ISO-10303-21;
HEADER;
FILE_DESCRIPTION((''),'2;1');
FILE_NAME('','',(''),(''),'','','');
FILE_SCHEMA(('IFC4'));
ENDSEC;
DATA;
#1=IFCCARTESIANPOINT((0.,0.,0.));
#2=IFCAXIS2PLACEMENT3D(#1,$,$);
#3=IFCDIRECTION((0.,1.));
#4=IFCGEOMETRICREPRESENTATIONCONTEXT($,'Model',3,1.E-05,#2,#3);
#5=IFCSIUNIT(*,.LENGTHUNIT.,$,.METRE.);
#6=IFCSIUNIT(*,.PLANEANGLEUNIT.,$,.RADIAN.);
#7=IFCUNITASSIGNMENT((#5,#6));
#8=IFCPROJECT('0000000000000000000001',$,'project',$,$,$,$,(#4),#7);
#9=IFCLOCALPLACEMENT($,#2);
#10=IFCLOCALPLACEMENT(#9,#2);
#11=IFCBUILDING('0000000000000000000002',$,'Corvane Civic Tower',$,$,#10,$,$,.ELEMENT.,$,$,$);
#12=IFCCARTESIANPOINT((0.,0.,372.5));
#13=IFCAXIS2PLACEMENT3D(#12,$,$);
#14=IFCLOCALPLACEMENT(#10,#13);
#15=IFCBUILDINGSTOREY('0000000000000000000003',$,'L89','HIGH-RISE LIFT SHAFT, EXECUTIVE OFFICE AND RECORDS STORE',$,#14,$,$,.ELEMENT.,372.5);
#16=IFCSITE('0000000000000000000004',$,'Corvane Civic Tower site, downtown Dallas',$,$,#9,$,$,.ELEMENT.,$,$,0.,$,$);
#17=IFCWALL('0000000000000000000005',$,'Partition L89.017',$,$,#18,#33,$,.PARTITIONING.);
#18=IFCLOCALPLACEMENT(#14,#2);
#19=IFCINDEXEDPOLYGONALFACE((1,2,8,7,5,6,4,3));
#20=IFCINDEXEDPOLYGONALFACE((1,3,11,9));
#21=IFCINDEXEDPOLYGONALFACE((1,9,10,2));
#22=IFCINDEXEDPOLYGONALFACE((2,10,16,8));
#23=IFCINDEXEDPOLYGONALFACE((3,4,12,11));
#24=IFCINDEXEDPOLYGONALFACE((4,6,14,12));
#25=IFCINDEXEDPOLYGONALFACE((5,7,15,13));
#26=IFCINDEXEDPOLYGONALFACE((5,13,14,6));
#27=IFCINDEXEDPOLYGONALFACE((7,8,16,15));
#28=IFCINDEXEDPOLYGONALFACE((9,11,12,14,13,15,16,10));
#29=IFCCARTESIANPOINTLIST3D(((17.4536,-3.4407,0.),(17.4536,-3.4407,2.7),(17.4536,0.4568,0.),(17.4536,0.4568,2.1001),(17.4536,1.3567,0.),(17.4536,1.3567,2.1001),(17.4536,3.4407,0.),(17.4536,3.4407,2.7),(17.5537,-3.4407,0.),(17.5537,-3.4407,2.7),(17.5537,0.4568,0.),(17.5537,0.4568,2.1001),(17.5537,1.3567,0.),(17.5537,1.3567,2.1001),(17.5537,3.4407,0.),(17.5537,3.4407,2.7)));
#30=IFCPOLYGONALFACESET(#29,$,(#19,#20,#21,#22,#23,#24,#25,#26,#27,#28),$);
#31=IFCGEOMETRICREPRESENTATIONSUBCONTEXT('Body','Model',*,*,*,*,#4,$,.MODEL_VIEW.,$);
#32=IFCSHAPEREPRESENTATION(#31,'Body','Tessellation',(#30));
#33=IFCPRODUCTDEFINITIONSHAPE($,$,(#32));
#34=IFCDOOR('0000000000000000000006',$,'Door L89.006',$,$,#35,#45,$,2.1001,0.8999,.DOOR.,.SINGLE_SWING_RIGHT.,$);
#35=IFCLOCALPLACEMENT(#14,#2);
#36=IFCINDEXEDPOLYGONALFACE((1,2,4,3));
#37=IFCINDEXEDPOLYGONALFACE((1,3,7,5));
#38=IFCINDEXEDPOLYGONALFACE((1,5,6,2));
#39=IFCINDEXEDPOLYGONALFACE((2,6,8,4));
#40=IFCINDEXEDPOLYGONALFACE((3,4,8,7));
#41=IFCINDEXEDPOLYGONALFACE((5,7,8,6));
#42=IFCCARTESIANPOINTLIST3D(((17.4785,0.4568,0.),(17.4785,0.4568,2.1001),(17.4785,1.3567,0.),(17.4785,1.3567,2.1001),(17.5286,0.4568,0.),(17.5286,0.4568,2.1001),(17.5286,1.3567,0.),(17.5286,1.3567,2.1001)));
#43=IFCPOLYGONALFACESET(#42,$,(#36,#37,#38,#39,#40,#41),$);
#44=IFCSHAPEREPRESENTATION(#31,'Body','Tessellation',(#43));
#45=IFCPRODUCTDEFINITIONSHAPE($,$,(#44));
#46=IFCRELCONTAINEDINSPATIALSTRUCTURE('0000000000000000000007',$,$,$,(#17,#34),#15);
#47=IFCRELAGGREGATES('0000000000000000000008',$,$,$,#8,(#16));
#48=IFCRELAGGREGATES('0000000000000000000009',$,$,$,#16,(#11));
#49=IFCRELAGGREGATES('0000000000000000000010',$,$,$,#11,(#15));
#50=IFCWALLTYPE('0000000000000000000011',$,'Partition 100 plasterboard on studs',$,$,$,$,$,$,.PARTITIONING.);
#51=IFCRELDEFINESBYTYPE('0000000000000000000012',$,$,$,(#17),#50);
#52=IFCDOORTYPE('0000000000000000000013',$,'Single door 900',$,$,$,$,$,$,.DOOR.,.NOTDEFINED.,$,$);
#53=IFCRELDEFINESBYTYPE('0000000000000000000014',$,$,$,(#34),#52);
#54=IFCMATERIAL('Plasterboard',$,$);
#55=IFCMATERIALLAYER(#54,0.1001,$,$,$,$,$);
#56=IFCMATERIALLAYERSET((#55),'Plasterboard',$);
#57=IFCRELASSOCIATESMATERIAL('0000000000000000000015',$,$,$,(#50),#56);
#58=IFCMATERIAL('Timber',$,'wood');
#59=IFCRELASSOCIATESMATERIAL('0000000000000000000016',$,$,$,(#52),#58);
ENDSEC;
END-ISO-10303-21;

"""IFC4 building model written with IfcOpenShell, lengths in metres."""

from ifc_helpers import new_model, si_unit, direction, frame, frame_2d, origin, place, context, subcontext, project, spatial, rectangle, extrude, material, layer, layer_set, type_object, element, fill, save


model = new_model("IFC4")

# Units and contexts
model_context = context("Model", 3, precision=1e-05, world=origin(), true_north=direction((0.0, 1.0)))
body_context = subcontext(model_context, "Body", "Model", "MODEL_VIEW")
ifc_project = project(units=[si_unit("LENGTHUNIT", "METRE"), si_unit("PLANEANGLEUNIT", "RADIAN")], contexts=[model_context])

# Site, building, storey
site_placement = place(None, origin())
site = spatial("IfcSite", under=ifc_project, at=site_placement, Name="Corvane Civic Tower site, downtown Dallas", CompositionType="ELEMENT", RefElevation=0.0)
building_placement = place(site_placement, origin())
building = spatial("IfcBuilding", under=site, at=building_placement, Name="Corvane Civic Tower", CompositionType="ELEMENT")
storey_placement = place(building_placement, frame((0.0, 0.0, 372.5)))
storey = spatial("IfcBuildingStorey", under=building, at=storey_placement, Name="L89", Description="HIGH-RISE LIFT SHAFT, EXECUTIVE OFFICE AND RECORDS STORE", CompositionType="ELEMENT", Elevation=372.5)

# Shared definitions
ifc_material_1 = material(Name="Plasterboard")
ifc_layer_1 = layer(ifc_material_1, 0.1001)
ifc_layer_set_1 = layer_set([ifc_layer_1], Name="Plasterboard")
wall_type = type_object("IfcWallType", Name="Partition 100 plasterboard on studs", PredefinedType="PARTITIONING", material=ifc_layer_set_1)
ifc_material_2 = material(Name="Timber", Category="wood")
door_type = type_object("IfcDoorType", Name="Single door 900", OperationType="NOTDEFINED", PredefinedType="DOOR", material=ifc_material_2)

# Wall, opening, door
wall_1_placement = place(storey_placement, frame((17.5037, -3.4407, 0.0), z_axis=(0.0, 0.0, 1.0), x_axis=(0.0, 1.0, 0.0)))
wall_1 = element("IfcWall", 1, at=wall_1_placement, inside=storey, type_object=wall_type, Name="Partition L89.017", PredefinedType="PARTITIONING", context=body_context, shape_type="SweptSolid", body=[
    extrude(rectangle(XDim=6.8813, YDim=0.1001, at=frame_2d((3.4407, 0.0))), origin(), (0.0, 0.0, 1.0), 2.7),
])
opening_1_placement = place(wall_1_placement, frame((3.8975, 0.0, 0.0)))
opening_1 = element("IfcOpeningElement", 2, at=opening_1_placement, cuts=wall_1, PredefinedType="OPENING", context=body_context, shape_type="SweptSolid", body=[
    extrude(rectangle(XDim=0.8999, YDim=2.1001, at=frame_2d((0.45, 1.05))), frame((0.0, 0.0601, 0.0), z_axis=(0.0, -1.0, 0.0), x_axis=(1.0, 0.0, 0.0)), (0.0, 0.0, 1.0), 0.1201),
])
door_1_placement = place(opening_1_placement, frame((0.8999, 0.0, 0.0), z_axis=(0.0, 0.0, 1.0), x_axis=(-1.0, 0.0, 0.0)))
door_1 = element("IfcDoor", 3, at=door_1_placement, inside=storey, type_object=door_type, Name="Door L89.006", OperationType="SINGLE_SWING_RIGHT", OverallHeight=2.1001, OverallWidth=0.8999, PredefinedType="DOOR", context=body_context, shape_type="SweptSolid", body=[
    extrude(rectangle(XDim=0.8999, YDim=2.1001, at=frame_2d((0.45, 1.05))), frame((0.0, 0.0249, 0.0), z_axis=(0.0, -1.0, 0.0), x_axis=(1.0, 0.0, 0.0)), (0.0, 0.0, 1.0), 0.05),
])
fill(opening_1, door_1)

save(model, "model.ifc")
